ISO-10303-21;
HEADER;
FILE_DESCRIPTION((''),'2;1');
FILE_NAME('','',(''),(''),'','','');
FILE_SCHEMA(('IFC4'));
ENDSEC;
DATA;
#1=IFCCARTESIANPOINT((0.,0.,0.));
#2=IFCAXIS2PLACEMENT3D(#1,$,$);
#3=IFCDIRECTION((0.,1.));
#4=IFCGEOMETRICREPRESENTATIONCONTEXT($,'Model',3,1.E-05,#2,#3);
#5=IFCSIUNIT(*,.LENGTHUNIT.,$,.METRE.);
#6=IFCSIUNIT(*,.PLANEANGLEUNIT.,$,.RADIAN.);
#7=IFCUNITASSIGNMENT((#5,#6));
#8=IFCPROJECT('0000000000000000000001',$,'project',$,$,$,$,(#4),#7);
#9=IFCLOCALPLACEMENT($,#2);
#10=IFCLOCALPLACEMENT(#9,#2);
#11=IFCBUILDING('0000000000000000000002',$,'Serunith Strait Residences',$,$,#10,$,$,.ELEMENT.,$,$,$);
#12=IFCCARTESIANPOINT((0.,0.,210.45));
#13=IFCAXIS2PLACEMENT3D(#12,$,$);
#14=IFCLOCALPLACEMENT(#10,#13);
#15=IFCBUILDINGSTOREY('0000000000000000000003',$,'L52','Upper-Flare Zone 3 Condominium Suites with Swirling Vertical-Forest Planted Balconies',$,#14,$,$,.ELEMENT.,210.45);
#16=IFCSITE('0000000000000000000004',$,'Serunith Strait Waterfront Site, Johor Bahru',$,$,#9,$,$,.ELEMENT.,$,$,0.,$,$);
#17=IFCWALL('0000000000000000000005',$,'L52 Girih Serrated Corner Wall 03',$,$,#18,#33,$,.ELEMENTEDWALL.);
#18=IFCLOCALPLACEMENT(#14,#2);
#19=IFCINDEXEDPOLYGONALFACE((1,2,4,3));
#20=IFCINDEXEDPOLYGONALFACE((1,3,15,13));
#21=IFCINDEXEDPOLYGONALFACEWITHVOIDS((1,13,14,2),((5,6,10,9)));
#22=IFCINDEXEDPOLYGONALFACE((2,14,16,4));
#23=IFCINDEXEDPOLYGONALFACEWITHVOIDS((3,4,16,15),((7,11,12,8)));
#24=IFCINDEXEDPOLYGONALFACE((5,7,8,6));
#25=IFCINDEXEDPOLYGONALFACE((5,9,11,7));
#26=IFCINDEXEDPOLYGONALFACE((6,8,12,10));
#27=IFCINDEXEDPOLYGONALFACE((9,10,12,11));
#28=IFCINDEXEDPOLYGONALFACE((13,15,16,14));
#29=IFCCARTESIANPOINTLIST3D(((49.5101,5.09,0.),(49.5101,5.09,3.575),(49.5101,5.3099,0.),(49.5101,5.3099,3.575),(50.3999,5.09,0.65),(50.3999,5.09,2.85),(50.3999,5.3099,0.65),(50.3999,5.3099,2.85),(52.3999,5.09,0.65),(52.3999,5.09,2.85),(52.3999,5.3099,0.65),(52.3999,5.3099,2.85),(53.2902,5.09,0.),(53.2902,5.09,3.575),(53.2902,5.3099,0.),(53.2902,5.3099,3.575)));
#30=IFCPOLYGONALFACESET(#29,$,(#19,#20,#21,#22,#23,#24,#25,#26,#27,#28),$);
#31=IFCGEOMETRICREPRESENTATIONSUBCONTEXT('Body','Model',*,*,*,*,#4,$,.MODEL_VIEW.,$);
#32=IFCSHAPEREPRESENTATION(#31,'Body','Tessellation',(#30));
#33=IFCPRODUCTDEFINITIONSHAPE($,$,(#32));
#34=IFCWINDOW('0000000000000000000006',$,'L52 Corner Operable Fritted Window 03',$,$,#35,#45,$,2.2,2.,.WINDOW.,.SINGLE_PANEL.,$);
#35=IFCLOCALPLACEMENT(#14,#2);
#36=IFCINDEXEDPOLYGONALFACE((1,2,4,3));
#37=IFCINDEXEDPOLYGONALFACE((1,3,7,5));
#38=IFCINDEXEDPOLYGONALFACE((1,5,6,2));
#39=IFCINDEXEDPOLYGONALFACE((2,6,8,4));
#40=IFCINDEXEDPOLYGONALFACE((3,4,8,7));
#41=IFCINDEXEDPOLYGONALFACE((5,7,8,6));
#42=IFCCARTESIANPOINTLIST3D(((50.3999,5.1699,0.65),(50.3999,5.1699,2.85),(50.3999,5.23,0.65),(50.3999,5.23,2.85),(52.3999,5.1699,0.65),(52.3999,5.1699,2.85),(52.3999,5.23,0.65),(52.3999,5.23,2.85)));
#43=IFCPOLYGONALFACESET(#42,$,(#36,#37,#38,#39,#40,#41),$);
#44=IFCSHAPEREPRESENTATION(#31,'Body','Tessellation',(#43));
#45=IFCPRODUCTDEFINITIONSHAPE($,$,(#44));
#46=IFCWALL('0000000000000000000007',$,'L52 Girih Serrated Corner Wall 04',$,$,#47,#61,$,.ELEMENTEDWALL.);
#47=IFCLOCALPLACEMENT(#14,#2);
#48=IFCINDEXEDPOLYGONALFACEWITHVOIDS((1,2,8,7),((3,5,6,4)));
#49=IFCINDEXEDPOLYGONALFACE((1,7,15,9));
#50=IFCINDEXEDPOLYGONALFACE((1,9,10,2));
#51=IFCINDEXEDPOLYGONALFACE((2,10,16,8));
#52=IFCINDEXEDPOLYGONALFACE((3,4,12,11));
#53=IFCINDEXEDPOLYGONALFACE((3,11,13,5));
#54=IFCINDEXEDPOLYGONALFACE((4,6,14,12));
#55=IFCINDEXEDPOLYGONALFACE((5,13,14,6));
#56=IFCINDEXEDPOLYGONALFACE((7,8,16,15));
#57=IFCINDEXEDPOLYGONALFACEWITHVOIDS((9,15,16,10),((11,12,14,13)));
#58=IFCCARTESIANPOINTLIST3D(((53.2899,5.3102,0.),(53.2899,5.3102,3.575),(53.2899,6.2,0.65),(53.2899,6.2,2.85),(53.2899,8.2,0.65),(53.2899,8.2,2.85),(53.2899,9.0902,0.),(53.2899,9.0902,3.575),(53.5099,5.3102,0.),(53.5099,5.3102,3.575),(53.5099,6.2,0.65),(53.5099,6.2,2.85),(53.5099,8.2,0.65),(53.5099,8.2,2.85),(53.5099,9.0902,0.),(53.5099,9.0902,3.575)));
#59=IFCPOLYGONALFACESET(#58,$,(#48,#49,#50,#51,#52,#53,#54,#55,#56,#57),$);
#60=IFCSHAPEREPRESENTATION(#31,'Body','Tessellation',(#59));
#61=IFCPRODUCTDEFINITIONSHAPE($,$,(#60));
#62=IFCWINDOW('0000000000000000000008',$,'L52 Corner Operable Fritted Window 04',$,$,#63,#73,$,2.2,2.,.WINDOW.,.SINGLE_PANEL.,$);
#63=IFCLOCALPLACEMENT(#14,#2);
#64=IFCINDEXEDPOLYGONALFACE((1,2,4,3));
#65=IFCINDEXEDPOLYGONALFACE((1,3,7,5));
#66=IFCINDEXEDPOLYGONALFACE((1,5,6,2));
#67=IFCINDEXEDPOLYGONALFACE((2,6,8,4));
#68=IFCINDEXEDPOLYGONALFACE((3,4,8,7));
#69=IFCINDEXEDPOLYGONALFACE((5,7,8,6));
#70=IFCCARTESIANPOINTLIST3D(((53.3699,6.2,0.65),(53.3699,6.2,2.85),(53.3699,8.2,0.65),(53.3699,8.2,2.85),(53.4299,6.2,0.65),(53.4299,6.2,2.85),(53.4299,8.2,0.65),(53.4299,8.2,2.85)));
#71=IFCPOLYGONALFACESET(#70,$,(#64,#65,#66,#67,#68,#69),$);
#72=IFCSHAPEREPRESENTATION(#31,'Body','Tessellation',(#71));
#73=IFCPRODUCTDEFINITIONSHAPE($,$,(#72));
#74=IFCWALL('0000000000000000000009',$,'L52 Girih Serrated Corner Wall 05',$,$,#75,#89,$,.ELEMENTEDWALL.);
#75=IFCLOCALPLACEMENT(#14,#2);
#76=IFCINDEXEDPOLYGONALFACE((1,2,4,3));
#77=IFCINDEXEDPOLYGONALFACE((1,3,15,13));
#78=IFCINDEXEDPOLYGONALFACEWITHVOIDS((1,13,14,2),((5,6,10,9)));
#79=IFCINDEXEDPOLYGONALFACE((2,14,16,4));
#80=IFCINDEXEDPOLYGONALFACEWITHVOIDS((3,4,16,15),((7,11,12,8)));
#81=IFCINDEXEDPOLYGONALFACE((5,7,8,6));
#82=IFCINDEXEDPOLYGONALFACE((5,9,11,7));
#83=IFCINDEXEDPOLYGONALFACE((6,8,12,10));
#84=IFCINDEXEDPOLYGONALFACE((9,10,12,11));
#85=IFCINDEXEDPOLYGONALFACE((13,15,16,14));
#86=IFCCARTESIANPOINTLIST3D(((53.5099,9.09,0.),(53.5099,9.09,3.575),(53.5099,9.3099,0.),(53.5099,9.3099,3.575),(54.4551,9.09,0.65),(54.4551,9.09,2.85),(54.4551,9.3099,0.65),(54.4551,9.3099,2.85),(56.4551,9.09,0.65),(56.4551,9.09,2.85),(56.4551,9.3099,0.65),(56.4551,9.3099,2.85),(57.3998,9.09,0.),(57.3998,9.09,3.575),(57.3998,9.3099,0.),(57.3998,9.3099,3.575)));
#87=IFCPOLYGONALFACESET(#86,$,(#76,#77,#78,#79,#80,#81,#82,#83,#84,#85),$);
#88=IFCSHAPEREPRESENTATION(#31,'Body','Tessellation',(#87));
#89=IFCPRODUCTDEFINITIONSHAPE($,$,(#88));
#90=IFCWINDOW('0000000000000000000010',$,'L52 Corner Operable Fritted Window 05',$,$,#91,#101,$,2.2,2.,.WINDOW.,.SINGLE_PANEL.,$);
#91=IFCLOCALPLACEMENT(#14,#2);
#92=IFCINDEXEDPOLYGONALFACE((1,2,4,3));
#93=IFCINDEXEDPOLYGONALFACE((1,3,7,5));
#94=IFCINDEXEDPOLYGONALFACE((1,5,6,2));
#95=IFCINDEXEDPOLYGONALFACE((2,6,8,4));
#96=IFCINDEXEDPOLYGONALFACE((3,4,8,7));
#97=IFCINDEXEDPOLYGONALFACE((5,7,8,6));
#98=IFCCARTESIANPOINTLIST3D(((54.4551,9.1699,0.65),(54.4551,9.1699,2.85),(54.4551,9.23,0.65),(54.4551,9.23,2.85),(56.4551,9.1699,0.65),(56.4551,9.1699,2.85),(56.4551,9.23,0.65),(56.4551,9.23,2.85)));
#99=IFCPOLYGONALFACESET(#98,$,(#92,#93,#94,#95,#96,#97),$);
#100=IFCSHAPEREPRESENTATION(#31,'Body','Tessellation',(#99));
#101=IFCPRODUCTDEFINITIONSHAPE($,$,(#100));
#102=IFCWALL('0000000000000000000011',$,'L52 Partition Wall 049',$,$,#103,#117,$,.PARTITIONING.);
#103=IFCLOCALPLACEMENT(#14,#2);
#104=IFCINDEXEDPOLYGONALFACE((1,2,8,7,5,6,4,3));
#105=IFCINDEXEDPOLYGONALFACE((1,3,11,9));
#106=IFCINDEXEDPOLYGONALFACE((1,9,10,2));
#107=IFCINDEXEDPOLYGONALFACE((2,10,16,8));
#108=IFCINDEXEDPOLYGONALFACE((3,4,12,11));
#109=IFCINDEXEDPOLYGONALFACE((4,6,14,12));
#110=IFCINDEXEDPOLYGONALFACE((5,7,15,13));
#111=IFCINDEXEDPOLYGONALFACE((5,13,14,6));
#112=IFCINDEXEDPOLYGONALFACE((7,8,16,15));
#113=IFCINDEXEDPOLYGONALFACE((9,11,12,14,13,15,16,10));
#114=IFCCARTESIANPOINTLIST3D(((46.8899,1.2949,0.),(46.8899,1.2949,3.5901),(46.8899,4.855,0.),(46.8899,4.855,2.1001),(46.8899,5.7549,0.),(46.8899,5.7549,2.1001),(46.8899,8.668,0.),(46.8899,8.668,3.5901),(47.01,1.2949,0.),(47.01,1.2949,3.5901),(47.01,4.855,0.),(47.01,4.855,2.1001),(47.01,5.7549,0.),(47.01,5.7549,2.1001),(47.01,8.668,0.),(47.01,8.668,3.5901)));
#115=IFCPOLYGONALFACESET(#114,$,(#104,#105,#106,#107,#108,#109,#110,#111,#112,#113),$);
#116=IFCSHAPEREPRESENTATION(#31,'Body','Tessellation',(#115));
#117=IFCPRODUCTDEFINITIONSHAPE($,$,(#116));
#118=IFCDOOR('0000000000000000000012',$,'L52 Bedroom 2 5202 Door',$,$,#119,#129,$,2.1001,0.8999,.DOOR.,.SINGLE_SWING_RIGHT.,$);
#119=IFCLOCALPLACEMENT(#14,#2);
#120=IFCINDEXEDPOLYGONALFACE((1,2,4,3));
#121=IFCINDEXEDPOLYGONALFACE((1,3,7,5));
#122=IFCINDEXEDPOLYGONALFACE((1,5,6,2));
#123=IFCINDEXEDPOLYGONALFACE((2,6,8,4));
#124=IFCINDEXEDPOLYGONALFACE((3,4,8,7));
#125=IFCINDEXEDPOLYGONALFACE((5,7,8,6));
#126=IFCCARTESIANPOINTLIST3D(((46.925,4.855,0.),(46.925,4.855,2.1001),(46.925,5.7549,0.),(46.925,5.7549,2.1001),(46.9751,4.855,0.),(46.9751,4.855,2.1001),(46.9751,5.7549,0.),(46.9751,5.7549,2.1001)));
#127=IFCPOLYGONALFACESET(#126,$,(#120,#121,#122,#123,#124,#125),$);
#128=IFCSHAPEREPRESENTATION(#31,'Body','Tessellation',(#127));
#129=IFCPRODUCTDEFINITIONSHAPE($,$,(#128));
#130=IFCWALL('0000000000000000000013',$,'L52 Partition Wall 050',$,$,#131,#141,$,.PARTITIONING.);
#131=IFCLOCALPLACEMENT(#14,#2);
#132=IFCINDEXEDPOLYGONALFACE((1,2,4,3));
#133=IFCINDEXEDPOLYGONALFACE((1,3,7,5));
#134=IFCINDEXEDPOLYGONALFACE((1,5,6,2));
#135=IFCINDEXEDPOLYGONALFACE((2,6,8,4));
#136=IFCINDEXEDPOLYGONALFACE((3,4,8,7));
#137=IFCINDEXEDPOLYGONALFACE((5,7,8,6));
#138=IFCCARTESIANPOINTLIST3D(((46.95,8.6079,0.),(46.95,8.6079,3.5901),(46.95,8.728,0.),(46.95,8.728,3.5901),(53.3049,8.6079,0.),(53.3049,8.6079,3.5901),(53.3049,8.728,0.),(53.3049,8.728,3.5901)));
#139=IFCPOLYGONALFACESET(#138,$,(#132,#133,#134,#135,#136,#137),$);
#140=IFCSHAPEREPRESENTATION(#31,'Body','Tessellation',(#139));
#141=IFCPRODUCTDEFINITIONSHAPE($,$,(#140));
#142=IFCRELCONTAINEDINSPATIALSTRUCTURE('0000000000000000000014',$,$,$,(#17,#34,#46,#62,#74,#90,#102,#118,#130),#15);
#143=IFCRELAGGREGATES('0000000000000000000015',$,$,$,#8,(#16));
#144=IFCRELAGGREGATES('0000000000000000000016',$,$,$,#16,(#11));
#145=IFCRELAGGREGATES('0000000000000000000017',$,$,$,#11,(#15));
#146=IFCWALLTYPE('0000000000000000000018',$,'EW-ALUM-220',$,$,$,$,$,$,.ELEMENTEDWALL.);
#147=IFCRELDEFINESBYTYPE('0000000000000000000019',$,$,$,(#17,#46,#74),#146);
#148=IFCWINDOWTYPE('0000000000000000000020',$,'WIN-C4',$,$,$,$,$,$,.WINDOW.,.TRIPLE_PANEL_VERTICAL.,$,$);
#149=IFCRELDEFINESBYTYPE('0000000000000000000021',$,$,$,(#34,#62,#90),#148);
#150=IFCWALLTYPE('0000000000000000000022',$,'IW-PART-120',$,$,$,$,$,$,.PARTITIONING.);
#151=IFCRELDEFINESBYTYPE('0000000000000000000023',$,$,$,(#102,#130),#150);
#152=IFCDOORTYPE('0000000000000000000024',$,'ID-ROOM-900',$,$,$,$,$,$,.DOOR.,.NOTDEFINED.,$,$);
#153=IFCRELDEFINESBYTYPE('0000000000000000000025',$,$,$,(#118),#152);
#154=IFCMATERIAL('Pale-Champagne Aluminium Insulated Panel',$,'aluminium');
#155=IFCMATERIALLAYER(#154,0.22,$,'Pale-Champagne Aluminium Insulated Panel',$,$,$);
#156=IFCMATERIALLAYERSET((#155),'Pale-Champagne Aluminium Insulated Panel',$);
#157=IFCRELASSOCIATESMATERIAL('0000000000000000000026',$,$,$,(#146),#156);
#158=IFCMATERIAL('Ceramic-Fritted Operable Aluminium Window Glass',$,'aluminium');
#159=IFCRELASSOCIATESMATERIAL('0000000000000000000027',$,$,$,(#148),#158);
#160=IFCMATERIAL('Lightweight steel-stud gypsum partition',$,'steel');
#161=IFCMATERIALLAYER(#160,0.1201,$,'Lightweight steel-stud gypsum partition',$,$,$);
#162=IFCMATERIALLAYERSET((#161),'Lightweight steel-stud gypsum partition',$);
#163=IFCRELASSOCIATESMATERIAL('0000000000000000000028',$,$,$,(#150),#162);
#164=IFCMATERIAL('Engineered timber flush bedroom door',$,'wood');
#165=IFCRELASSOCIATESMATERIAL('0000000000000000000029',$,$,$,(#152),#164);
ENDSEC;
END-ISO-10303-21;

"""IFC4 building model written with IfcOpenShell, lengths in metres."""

from ifc_helpers import new_model, si_unit, direction, frame, frame_2d, origin, place, context, subcontext, project, spatial, rectangle, extrude, source, transform, mapped, material, layer, layer_set, type_object, element, fill, save


model = new_model("IFC4")

# Units and contexts
model_context = context("Model", 3, precision=1e-05, world=origin(), true_north=direction((0.0, 1.0)))
body_context = subcontext(model_context, "Body", "Model", "MODEL_VIEW")
ifc_project = project(units=[si_unit("LENGTHUNIT", "METRE"), si_unit("PLANEANGLEUNIT", "RADIAN")], contexts=[model_context])

# Site, building, storey
site_placement = place(None, origin())
site = spatial("IfcSite", under=ifc_project, at=site_placement, Name="Serunith Strait Waterfront Site, Johor Bahru", CompositionType="ELEMENT", RefElevation=0.0)
building_placement = place(site_placement, origin())
building = spatial("IfcBuilding", under=site, at=building_placement, Name="Serunith Strait Residences", CompositionType="ELEMENT")
storey_placement = place(building_placement, frame((0.0, 0.0, 210.45)))
storey = spatial("IfcBuildingStorey", under=building, at=storey_placement, Name="L52", Description="Upper-Flare Zone 3 Condominium Suites with Swirling Vertical-Forest Planted Balconies", CompositionType="ELEMENT", Elevation=210.45)

# Walls, openings, windows
ifc_material_1 = material(Name="Pale-Champagne Aluminium Insulated Panel", Category="aluminium")
ifc_layer_1 = layer(ifc_material_1, 0.22, Name="Pale-Champagne Aluminium Insulated Panel")
ifc_layer_set_1 = layer_set([ifc_layer_1], Name="Pale-Champagne Aluminium Insulated Panel")
wall_type_1 = type_object("IfcWallType", Name="EW-ALUM-220", PredefinedType="ELEMENTEDWALL", material=ifc_layer_set_1)
ifc_material_2 = material(Name="Ceramic-Fritted Operable Aluminium Window Glass", Category="aluminium")
window_type = type_object("IfcWindowType", Name="WIN-C4", PartitioningType="TRIPLE_PANEL_VERTICAL", PredefinedType="WINDOW", material=ifc_material_2)
shared_shape_1 = source(origin(), body_context, "Body", "SweptSolid", [
    extrude(rectangle(XDim=2.0, YDim=2.2, at=frame_2d((1.0, 1.1001))), frame((0.0, 0.03, 0.0), z_axis=(0.0, -1.0, 0.0), x_axis=(1.0, 0.0, 0.0)), (0.0, 0.0, 1.0), 0.0601),
])
wall_1_placement = place(storey_placement, frame((49.51, 5.2, 0.0), z_axis=(0.0, 0.0, 1.0), x_axis=(1.0, 0.0, 0.0)))
wall_1 = element("IfcWall", 1, at=wall_1_placement, inside=storey, type_object=wall_type_1, Name="L52 Girih Serrated Corner Wall 03", PredefinedType="ELEMENTEDWALL", context=body_context, shape_type="SweptSolid", body=[
    extrude(rectangle(XDim=3.78, YDim=0.22, at=frame_2d((1.8901, 0.0))), origin(), (0.0, 0.0, 1.0), 3.575),
])
opening_1_placement = place(wall_1_placement, frame((0.8899, 0.0, 0.6499)))
opening_1 = element("IfcOpeningElement", 2, at=opening_1_placement, cuts=wall_1, PredefinedType="OPENING", context=body_context, shape_type="SweptSolid", body=[
    extrude(rectangle(XDim=2.0, YDim=2.2, at=frame_2d((1.0, 1.1001))), frame((0.0, 0.1201, 0.0), z_axis=(0.0, -1.0, 0.0), x_axis=(1.0, 0.0, 0.0)), (0.0, 0.0, 1.0), 0.24),
])
window_1_placement = place(opening_1_placement, origin())
window_1 = element("IfcWindow", 3, at=window_1_placement, inside=storey, type_object=window_type, Name="L52 Corner Operable Fritted Window 03", OverallHeight=2.2, OverallWidth=2.0, PartitioningType="SINGLE_PANEL", PredefinedType="WINDOW", context=body_context, shape_type="MappedRepresentation", body=[
    mapped(shared_shape_1, transform((0.0, 0.0, 0.0), scale=1.0)),
])
fill(opening_1, window_1)
wall_2_placement = place(storey_placement, frame((53.3999, 5.3101, 0.0), z_axis=(0.0, 0.0, 1.0), x_axis=(0.0, 1.0, 0.0)))
wall_2 = element("IfcWall", 4, at=wall_2_placement, inside=storey, type_object=wall_type_1, Name="L52 Girih Serrated Corner Wall 04", PredefinedType="ELEMENTEDWALL", context=body_context, shape_type="SweptSolid", body=[
    extrude(rectangle(XDim=3.78, YDim=0.22, at=frame_2d((1.8901, 0.0))), origin(), (0.0, 0.0, 1.0), 3.575),
])
opening_2_placement = place(wall_2_placement, frame((0.8899, 0.0, 0.6499)))
opening_2 = element("IfcOpeningElement", 5, at=opening_2_placement, cuts=wall_2, PredefinedType="OPENING", context=body_context, shape_type="SweptSolid", body=[
    extrude(rectangle(XDim=2.0, YDim=2.2, at=frame_2d((1.0, 1.1001))), frame((0.0, 0.1201, 0.0), z_axis=(0.0, -1.0, 0.0), x_axis=(1.0, 0.0, 0.0)), (0.0, 0.0, 1.0), 0.24),
])
window_2_placement = place(opening_2_placement, origin())
window_2 = element("IfcWindow", 6, at=window_2_placement, inside=storey, type_object=window_type, Name="L52 Corner Operable Fritted Window 04", OverallHeight=2.2, OverallWidth=2.0, PartitioningType="SINGLE_PANEL", PredefinedType="WINDOW", context=body_context, shape_type="MappedRepresentation", body=[
    mapped(shared_shape_1, transform((0.0, 0.0, 0.0), scale=1.0)),
])
fill(opening_2, window_2)
wall_3_placement = place(storey_placement, frame((53.51, 9.2, 0.0), z_axis=(0.0, 0.0, 1.0), x_axis=(1.0, 0.0, 0.0)))
wall_3 = element("IfcWall", 7, at=wall_3_placement, inside=storey, type_object=wall_type_1, Name="L52 Girih Serrated Corner Wall 05", PredefinedType="ELEMENTEDWALL", context=body_context, shape_type="SweptSolid", body=[
    extrude(rectangle(XDim=3.8899, YDim=0.22, at=frame_2d((1.9448, 0.0))), origin(), (0.0, 0.0, 1.0), 3.575),
])
opening_3_placement = place(wall_3_placement, frame((0.9451, 0.0, 0.6499)))
opening_3 = element("IfcOpeningElement", 8, at=opening_3_placement, cuts=wall_3, PredefinedType="OPENING", context=body_context, shape_type="SweptSolid", body=[
    extrude(rectangle(XDim=2.0, YDim=2.2, at=frame_2d((1.0, 1.1001))), frame((0.0, 0.1201, 0.0), z_axis=(0.0, -1.0, 0.0), x_axis=(1.0, 0.0, 0.0)), (0.0, 0.0, 1.0), 0.24),
])
window_3_placement = place(opening_3_placement, origin())
window_3 = element("IfcWindow", 9, at=window_3_placement, inside=storey, type_object=window_type, Name="L52 Corner Operable Fritted Window 05", OverallHeight=2.2, OverallWidth=2.0, PartitioningType="SINGLE_PANEL", PredefinedType="WINDOW", context=body_context, shape_type="MappedRepresentation", body=[
    mapped(shared_shape_1, transform((0.0, 0.0, 0.0), scale=1.0)),
])
fill(opening_3, window_3)

# Wall, opening, door
ifc_material_3 = material(Name="Lightweight steel-stud gypsum partition", Category="steel")
ifc_layer_2 = layer(ifc_material_3, 0.1201, Name="Lightweight steel-stud gypsum partition")
ifc_layer_set_2 = layer_set([ifc_layer_2], Name="Lightweight steel-stud gypsum partition")
wall_type_2 = type_object("IfcWallType", Name="IW-PART-120", PredefinedType="PARTITIONING", material=ifc_layer_set_2)
wall_4_placement = place(storey_placement, frame((46.95, 1.2949, 0.0), z_axis=(0.0, 0.0, 1.0), x_axis=(0.0, 1.0, 0.0)))
wall_4 = element("IfcWall", 10, at=wall_4_placement, inside=storey, type_object=wall_type_2, Name="L52 Partition Wall 049", PredefinedType="PARTITIONING", context=body_context, shape_type="SweptSolid", body=[
    extrude(rectangle(XDim=7.373, YDim=0.1201, at=frame_2d((3.6865, 0.0))), origin(), (0.0, 0.0, 1.0), 3.5901),
])
opening_4_placement = place(wall_4_placement, frame((3.5601, 0.0, 0.0)))
opening_4 = element("IfcOpeningElement", 11, at=opening_4_placement, cuts=wall_4, PredefinedType="OPENING", context=body_context, shape_type="SweptSolid", body=[
    extrude(rectangle(XDim=0.8999, YDim=2.1001, at=frame_2d((0.45, 1.05))), frame((0.0, 0.0701, 0.0), z_axis=(0.0, -1.0, 0.0), x_axis=(1.0, 0.0, 0.0)), (0.0, 0.0, 1.0), 0.1401),
])
ifc_material_4 = material(Name="Engineered timber flush bedroom door", Category="wood")
door_type_1 = type_object("IfcDoorType", Name="ID-ROOM-900", OperationType="NOTDEFINED", PredefinedType="DOOR", material=ifc_material_4)
shared_shape_2 = source(origin(), body_context, "Body", "SweptSolid", [
    extrude(rectangle(XDim=0.8999, YDim=2.1001, at=frame_2d((0.45, 1.05))), frame((0.0, 0.0249, 0.0), z_axis=(0.0, -1.0, 0.0), x_axis=(1.0, 0.0, 0.0)), (0.0, 0.0, 1.0), 0.05),
])
door_1_placement = place(opening_4_placement, origin())
door_1 = element("IfcDoor", 12, at=door_1_placement, inside=storey, type_object=door_type_1, Name="L52 Bedroom 2 5202 Door", OperationType="SINGLE_SWING_RIGHT", OverallHeight=2.1001, OverallWidth=0.8999, PredefinedType="DOOR", context=body_context, shape_type="MappedRepresentation", body=[
    mapped(shared_shape_2, transform((0.0, 0.0, 0.0), scale=1.0)),
])
fill(opening_4, door_1)

# Wall
wall_5_placement = place(storey_placement, frame((46.95, 8.668, 0.0), z_axis=(0.0, 0.0, 1.0), x_axis=(1.0, 0.0, 0.0)))
element("IfcWall", 13, at=wall_5_placement, inside=storey, type_object=wall_type_2, Name="L52 Partition Wall 050", PredefinedType="PARTITIONING", context=body_context, shape_type="SweptSolid", body=[
    extrude(rectangle(XDim=6.355, YDim=0.1201, at=frame_2d((3.1775, 0.0))), origin(), (0.0, 0.0, 1.0), 3.5901),
])

save(model, "model.ifc")
